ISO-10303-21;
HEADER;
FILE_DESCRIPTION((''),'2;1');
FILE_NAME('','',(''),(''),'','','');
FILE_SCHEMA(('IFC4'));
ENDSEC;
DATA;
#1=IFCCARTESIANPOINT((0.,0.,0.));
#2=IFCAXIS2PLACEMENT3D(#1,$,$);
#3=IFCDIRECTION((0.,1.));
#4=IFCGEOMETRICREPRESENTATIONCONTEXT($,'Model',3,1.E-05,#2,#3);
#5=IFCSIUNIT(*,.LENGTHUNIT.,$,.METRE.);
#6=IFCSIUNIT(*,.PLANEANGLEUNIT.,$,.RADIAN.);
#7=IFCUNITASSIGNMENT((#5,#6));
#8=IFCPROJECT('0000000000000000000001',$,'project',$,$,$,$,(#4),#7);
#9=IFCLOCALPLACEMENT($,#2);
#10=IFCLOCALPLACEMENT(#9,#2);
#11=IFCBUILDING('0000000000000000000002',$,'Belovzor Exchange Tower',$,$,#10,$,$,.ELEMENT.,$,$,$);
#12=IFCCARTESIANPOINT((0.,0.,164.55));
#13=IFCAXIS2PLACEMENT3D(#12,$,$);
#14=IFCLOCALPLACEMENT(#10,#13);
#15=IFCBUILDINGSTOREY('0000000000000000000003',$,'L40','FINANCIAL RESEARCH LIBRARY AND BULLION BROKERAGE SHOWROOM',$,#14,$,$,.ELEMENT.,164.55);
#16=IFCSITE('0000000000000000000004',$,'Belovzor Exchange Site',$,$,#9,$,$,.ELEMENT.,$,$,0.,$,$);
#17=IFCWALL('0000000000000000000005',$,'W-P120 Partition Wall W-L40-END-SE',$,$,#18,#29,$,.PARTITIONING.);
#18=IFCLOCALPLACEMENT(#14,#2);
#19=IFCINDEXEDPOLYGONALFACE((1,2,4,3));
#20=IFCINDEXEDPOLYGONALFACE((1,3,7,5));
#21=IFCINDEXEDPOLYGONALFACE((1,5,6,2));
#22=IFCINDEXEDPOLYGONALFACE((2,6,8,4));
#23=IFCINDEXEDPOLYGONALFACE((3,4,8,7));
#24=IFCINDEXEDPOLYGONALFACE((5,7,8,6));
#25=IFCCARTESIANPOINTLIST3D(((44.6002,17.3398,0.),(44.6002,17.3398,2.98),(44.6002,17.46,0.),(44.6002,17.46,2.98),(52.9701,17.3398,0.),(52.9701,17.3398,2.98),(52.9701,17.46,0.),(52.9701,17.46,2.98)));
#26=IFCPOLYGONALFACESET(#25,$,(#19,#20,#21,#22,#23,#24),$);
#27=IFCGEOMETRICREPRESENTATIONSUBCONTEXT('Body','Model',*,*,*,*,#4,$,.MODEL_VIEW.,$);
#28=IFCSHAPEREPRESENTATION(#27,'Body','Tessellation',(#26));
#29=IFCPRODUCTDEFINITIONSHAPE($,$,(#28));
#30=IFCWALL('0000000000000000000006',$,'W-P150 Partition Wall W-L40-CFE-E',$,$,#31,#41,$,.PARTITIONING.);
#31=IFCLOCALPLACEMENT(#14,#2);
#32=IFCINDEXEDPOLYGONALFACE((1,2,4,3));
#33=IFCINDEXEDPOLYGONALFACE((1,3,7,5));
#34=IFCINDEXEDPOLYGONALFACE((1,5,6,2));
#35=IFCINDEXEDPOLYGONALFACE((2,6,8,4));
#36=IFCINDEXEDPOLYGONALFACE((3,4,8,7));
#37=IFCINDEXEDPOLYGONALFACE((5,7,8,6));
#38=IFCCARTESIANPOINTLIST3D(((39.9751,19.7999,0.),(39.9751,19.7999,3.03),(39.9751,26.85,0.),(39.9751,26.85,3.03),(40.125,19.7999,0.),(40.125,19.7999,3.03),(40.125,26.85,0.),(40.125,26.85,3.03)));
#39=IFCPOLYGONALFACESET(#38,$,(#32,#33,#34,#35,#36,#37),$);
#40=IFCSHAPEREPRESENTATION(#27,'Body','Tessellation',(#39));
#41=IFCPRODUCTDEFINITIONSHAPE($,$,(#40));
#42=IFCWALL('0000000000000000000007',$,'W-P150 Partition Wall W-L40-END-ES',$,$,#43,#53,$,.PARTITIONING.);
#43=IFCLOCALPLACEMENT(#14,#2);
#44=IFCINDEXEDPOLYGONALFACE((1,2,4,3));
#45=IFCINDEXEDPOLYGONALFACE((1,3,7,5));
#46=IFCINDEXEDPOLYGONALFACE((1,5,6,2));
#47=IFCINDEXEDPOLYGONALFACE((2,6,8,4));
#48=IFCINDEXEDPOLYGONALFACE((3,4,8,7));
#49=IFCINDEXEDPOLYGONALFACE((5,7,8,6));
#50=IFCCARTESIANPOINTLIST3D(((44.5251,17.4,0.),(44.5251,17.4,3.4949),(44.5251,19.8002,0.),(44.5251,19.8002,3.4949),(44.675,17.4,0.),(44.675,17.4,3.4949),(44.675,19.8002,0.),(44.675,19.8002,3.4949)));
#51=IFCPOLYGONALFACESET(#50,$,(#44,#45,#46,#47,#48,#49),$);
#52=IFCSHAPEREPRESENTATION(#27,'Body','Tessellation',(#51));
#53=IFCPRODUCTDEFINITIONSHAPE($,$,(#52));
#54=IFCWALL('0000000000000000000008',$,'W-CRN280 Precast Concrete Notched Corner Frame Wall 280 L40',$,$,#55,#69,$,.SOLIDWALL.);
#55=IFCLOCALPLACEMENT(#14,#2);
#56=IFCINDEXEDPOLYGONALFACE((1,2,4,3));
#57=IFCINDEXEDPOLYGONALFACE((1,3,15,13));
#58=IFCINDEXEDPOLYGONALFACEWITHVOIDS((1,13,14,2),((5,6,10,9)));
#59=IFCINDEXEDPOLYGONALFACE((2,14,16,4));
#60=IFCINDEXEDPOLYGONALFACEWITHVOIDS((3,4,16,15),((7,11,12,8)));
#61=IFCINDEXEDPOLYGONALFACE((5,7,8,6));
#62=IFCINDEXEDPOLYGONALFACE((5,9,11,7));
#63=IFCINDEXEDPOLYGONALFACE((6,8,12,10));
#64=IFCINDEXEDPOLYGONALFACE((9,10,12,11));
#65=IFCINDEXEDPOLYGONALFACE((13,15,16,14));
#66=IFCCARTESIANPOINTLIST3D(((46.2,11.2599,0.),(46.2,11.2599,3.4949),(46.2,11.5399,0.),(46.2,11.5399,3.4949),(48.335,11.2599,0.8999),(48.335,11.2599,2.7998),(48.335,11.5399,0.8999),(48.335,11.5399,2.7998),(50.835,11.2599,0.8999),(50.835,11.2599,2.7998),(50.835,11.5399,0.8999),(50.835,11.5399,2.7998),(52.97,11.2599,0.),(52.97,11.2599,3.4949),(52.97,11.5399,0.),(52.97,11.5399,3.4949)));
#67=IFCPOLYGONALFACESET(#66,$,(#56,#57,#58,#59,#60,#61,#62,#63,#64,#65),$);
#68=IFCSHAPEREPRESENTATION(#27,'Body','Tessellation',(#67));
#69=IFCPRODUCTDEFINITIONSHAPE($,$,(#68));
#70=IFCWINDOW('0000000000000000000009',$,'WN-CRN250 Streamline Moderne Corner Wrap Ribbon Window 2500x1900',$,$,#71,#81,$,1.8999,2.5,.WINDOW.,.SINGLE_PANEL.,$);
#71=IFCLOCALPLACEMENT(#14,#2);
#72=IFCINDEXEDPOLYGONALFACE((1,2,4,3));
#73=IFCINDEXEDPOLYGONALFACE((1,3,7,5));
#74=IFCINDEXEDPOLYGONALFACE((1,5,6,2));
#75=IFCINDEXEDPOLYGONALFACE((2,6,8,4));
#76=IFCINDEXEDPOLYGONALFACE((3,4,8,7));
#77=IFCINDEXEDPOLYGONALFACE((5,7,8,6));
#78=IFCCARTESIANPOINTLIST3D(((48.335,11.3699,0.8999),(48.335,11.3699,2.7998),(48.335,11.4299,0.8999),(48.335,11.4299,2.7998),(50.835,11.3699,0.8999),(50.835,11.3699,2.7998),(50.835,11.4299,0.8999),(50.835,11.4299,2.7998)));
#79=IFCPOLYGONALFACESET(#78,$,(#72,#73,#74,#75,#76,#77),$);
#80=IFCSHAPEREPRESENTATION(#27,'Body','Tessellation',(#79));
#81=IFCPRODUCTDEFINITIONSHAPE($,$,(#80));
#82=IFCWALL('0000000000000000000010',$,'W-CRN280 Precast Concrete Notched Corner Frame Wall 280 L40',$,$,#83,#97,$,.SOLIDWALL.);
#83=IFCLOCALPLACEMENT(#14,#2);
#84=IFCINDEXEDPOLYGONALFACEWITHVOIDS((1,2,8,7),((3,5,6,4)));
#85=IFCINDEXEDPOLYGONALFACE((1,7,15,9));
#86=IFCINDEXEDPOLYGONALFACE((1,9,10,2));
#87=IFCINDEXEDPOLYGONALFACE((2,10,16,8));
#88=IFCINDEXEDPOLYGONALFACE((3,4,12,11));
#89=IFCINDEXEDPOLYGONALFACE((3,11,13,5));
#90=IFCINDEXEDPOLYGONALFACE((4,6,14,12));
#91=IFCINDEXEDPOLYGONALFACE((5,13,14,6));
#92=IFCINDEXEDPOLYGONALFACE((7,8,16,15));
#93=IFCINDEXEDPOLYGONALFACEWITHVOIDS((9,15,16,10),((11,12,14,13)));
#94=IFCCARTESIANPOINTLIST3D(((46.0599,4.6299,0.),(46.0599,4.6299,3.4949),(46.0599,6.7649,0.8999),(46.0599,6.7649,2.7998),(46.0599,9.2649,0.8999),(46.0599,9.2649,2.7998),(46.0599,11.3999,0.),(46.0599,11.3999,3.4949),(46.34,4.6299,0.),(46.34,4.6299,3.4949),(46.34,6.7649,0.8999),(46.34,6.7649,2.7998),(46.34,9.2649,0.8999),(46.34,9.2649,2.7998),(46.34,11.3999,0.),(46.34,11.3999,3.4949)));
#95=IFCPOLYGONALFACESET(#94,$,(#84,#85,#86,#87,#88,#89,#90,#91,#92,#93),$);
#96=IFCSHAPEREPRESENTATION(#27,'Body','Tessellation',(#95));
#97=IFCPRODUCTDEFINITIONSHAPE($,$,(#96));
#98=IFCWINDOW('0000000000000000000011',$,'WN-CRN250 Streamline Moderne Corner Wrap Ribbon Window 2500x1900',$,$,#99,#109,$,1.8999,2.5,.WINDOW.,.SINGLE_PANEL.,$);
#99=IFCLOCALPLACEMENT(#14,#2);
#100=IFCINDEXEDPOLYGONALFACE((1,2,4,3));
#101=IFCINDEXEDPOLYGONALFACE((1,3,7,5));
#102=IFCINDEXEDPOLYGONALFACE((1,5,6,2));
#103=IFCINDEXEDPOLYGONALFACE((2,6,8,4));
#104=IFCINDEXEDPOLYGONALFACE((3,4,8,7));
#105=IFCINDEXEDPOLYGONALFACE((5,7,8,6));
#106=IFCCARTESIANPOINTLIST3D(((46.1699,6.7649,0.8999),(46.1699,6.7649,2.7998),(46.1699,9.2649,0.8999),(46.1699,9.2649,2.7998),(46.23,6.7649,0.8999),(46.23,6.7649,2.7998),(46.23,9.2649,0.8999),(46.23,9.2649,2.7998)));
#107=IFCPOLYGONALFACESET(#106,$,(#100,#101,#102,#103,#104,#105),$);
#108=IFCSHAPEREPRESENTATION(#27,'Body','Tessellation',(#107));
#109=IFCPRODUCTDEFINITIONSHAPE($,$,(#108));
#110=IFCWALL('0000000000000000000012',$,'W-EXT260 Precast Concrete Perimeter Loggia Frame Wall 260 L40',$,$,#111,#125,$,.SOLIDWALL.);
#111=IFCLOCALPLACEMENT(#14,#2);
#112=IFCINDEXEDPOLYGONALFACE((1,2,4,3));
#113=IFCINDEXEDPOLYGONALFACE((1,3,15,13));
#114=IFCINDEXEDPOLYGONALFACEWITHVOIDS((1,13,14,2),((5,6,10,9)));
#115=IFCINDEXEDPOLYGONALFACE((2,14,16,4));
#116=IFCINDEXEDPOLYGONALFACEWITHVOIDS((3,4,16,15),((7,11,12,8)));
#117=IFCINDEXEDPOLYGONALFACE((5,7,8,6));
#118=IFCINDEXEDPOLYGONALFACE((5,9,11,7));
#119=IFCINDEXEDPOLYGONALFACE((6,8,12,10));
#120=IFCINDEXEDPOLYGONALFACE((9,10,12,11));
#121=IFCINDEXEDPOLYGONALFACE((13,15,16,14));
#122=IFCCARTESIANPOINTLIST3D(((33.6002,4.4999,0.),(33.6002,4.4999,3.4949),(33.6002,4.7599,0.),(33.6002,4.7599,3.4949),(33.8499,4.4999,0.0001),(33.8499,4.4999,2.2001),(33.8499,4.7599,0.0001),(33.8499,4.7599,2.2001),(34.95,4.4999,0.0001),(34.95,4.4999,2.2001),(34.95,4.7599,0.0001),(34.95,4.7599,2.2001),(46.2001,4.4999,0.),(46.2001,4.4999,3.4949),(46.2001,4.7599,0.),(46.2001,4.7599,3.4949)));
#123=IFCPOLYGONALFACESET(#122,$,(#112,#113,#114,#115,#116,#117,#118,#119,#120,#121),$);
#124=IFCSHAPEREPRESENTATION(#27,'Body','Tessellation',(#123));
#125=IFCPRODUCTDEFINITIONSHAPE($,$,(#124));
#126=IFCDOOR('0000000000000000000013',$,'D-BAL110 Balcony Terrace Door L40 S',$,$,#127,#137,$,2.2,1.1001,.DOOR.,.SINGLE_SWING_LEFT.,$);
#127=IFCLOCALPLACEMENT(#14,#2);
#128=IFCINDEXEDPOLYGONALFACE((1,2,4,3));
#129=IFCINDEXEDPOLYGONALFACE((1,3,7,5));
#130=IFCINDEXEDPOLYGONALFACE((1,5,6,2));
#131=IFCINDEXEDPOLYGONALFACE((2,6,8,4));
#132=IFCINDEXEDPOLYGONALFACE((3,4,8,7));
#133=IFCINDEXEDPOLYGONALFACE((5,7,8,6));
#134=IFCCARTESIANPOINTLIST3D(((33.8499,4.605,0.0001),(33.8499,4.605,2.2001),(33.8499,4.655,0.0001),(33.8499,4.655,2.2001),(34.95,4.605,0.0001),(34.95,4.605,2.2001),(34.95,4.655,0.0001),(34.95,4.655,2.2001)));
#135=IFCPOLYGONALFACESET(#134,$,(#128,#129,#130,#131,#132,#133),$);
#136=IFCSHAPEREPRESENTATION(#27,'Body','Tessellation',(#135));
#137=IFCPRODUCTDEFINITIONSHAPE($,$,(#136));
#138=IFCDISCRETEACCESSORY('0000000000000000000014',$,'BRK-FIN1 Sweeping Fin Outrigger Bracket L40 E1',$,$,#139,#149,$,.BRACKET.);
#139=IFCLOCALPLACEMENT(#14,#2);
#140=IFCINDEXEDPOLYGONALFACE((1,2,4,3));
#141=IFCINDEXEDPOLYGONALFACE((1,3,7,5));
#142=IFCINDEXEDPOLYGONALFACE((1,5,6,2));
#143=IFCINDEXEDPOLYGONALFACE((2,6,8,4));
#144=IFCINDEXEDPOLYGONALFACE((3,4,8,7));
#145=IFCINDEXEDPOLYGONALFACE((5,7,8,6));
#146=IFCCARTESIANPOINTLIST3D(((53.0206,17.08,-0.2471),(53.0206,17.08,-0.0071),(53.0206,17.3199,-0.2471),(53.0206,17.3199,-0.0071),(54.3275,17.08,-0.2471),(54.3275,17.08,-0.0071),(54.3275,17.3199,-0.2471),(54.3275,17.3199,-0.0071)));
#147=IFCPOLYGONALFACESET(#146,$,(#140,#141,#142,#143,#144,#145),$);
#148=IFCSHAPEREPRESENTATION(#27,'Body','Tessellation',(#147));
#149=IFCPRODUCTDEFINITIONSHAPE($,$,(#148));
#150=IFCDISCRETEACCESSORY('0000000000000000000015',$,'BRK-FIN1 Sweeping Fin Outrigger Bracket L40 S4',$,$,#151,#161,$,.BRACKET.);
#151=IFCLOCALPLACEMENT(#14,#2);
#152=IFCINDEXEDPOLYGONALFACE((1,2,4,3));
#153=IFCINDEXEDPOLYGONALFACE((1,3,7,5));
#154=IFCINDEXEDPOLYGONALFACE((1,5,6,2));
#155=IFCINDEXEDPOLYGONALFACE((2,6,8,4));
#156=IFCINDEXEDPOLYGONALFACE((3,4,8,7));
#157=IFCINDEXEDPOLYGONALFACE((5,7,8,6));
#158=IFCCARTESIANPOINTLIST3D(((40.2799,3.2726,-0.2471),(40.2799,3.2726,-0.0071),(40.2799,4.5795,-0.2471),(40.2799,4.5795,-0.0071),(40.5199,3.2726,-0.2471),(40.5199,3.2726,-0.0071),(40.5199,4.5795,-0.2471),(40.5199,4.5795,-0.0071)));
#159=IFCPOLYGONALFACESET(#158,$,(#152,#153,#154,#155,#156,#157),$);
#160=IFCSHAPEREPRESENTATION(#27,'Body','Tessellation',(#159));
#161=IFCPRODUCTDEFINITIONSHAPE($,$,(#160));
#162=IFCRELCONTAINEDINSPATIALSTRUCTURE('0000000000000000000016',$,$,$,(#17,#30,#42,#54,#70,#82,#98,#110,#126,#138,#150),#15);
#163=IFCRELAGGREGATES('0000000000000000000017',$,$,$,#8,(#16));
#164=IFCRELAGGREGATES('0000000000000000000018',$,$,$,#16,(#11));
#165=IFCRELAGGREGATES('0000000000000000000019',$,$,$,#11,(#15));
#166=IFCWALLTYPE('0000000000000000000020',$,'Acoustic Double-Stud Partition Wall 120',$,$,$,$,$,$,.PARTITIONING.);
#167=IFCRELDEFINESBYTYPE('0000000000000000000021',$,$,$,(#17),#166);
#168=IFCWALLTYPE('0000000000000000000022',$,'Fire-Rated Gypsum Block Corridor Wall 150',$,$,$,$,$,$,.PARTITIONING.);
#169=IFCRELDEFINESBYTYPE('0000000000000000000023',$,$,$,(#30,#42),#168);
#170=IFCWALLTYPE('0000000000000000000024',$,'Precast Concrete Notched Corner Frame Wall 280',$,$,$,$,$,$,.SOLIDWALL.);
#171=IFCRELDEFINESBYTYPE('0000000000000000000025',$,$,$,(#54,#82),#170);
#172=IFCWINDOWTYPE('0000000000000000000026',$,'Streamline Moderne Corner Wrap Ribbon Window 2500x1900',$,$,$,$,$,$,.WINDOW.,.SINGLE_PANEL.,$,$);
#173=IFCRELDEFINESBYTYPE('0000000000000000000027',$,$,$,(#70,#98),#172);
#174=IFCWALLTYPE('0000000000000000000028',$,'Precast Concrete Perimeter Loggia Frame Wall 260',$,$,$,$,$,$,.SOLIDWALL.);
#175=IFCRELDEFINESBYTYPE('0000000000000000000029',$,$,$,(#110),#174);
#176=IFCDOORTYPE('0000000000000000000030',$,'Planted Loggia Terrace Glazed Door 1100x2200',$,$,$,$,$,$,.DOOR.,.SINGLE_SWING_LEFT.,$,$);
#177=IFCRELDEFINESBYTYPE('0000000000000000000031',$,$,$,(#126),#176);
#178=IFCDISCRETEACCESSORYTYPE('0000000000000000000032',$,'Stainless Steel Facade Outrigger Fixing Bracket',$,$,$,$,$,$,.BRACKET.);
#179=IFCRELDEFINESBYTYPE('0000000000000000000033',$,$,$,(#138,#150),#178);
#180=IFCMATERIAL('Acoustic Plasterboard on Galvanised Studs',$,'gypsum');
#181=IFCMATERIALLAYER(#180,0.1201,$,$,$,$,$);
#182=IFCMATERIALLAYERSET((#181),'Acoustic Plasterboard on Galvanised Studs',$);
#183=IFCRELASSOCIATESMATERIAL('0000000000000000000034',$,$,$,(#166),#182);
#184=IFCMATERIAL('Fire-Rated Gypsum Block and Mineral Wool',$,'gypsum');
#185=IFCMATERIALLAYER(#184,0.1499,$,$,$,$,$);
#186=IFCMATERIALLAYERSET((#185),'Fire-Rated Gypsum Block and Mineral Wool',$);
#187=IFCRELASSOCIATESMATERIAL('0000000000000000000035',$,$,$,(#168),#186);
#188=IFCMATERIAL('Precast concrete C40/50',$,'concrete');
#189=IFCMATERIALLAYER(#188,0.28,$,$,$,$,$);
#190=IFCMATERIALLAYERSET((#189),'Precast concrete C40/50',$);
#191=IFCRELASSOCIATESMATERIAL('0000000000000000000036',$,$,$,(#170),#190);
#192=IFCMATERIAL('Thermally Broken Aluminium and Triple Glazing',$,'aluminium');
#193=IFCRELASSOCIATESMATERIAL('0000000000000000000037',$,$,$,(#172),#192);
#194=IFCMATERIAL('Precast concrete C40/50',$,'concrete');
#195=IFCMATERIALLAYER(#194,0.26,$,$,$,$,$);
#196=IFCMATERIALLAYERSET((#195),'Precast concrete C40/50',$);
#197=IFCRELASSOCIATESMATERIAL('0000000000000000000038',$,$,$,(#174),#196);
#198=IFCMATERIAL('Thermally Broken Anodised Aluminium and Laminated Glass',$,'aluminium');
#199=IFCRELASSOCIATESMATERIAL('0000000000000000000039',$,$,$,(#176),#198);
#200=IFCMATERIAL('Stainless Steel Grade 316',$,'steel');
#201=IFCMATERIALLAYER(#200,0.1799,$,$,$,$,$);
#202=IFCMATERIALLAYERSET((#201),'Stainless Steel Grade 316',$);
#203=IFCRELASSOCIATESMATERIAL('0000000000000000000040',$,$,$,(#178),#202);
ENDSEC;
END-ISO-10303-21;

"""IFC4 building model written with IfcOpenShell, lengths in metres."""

from ifc_helpers import new_model, si_unit, direction, frame, frame_2d, origin, origin_2d, place, context, subcontext, project, spatial, rectangle, extrude, material, layer, layer_set, type_object, element, fill, save


model = new_model("IFC4")

# Units and contexts
model_context = context("Model", 3, precision=1e-05, world=origin(), true_north=direction((0.0, 1.0)))
body_context = subcontext(model_context, "Body", "Model", "MODEL_VIEW")
ifc_project = project(units=[si_unit("LENGTHUNIT", "METRE"), si_unit("PLANEANGLEUNIT", "RADIAN")], contexts=[model_context])

# Site, building, storey
site_placement = place(None, origin())
site = spatial("IfcSite", under=ifc_project, at=site_placement, Name="Belovzor Exchange Site", CompositionType="ELEMENT", RefElevation=0.0)
building_placement = place(site_placement, origin())
building = spatial("IfcBuilding", under=site, at=building_placement, Name="Belovzor Exchange Tower", CompositionType="ELEMENT")
storey_placement = place(building_placement, frame((0.0, 0.0, 164.55)))
storey = spatial("IfcBuildingStorey", under=building, at=storey_placement, Name="L40", Description="FINANCIAL RESEARCH LIBRARY AND BULLION BROKERAGE SHOWROOM", CompositionType="ELEMENT", Elevation=164.55)

# Walls
ifc_material_1 = material(Name="Acoustic Plasterboard on Galvanised Studs", Category="gypsum")
ifc_layer_1 = layer(ifc_material_1, 0.1201)
ifc_layer_set_1 = layer_set([ifc_layer_1], Name="Acoustic Plasterboard on Galvanised Studs")
wall_type_1 = type_object("IfcWallType", Name="Acoustic Double-Stud Partition Wall 120", PredefinedType="PARTITIONING", material=ifc_layer_set_1)
wall_1_placement = place(storey_placement, frame((44.6001, 17.3999, 0.0), z_axis=(0.0, 0.0, 1.0), x_axis=(1.0, 0.0, 0.0)))
element("IfcWall", 1, at=wall_1_placement, inside=storey, type_object=wall_type_1, Name="W-P120 Partition Wall W-L40-END-SE", PredefinedType="PARTITIONING", context=body_context, shape_type="SweptSolid", body=[
    extrude(rectangle(XDim=8.3699, YDim=0.1201, at=frame_2d((4.1851, 0.0))), origin(), (0.0, 0.0, 1.0), 2.98),
])
ifc_material_2 = material(Name="Fire-Rated Gypsum Block and Mineral Wool", Category="gypsum")
ifc_layer_2 = layer(ifc_material_2, 0.1499)
ifc_layer_set_2 = layer_set([ifc_layer_2], Name="Fire-Rated Gypsum Block and Mineral Wool")
wall_type_2 = type_object("IfcWallType", Name="Fire-Rated Gypsum Block Corridor Wall 150", PredefinedType="PARTITIONING", material=ifc_layer_set_2)
wall_2_placement = place(storey_placement, frame((40.05, 19.8, 0.0), z_axis=(0.0, 0.0, 1.0), x_axis=(0.0, 1.0, 0.0)))
element("IfcWall", 2, at=wall_2_placement, inside=storey, type_object=wall_type_2, Name="W-P150 Partition Wall W-L40-CFE-E", PredefinedType="PARTITIONING", context=body_context, shape_type="SweptSolid", body=[
    extrude(rectangle(XDim=7.05, YDim=0.1499, at=frame_2d((3.5249, 0.0))), origin(), (0.0, 0.0, 1.0), 3.03),
])
wall_3_placement = place(storey_placement, frame((44.6001, 17.3999, 0.0), z_axis=(0.0, 0.0, 1.0), x_axis=(0.0, 1.0, 0.0)))
element("IfcWall", 3, at=wall_3_placement, inside=storey, type_object=wall_type_2, Name="W-P150 Partition Wall W-L40-END-ES", PredefinedType="PARTITIONING", context=body_context, shape_type="SweptSolid", body=[
    extrude(rectangle(XDim=2.4001, YDim=0.1499, at=frame_2d((1.2002, 0.0))), origin(), (0.0, 0.0, 1.0), 3.4949),
])

# Walls, openings, windows
ifc_material_3 = material(Name="Precast concrete C40/50", Category="concrete")
ifc_layer_3 = layer(ifc_material_3, 0.28)
ifc_layer_set_3 = layer_set([ifc_layer_3], Name="Precast concrete C40/50")
wall_type_3 = type_object("IfcWallType", Name="Precast Concrete Notched Corner Frame Wall 280", PredefinedType="SOLIDWALL", material=ifc_layer_set_3)
wall_4_placement = place(storey_placement, frame((52.97, 11.3999, 0.0), z_axis=(0.0, 0.0, 1.0), x_axis=(-1.0, 0.0, 0.0)))
wall_4 = element("IfcWall", 4, at=wall_4_placement, inside=storey, type_object=wall_type_3, Name="W-CRN280 Precast Concrete Notched Corner Frame Wall 280 L40", PredefinedType="SOLIDWALL", context=body_context, shape_type="SweptSolid", body=[
    extrude(rectangle(XDim=6.77, YDim=0.28, at=frame_2d((3.385, 0.0))), origin(), (0.0, 0.0, 1.0), 3.4949),
])
opening_1_placement = place(wall_4_placement, frame((2.135, 0.0, 0.8999)))
opening_1 = element("IfcOpeningElement", 5, at=opening_1_placement, cuts=wall_4, PredefinedType="OPENING", context=body_context, shape_type="SweptSolid", body=[
    extrude(rectangle(XDim=2.5, YDim=1.8999, at=frame_2d((1.25, 0.95))), frame((0.0, 0.1499, 0.0), z_axis=(0.0, -1.0, 0.0), x_axis=(1.0, 0.0, 0.0)), (0.0, 0.0, 1.0), 0.3),
])
ifc_material_4 = material(Name="Thermally Broken Aluminium and Triple Glazing", Category="aluminium")
window_type = type_object("IfcWindowType", Name="Streamline Moderne Corner Wrap Ribbon Window 2500x1900", PartitioningType="SINGLE_PANEL", PredefinedType="WINDOW", material=ifc_material_4)
window_1_placement = place(opening_1_placement, origin())
window_1 = element("IfcWindow", 6, at=window_1_placement, inside=storey, type_object=window_type, Name="WN-CRN250 Streamline Moderne Corner Wrap Ribbon Window 2500x1900", OverallHeight=1.8999, OverallWidth=2.5, PartitioningType="SINGLE_PANEL", PredefinedType="WINDOW", context=body_context, shape_type="SweptSolid", body=[
    extrude(rectangle(XDim=2.5, YDim=1.8999, at=frame_2d((1.25, 0.95))), frame((0.0, 0.03, 0.0), z_axis=(0.0, -1.0, 0.0), x_axis=(1.0, 0.0, 0.0)), (0.0, 0.0, 1.0), 0.0601),
])
fill(opening_1, window_1)
wall_5_placement = place(storey_placement, frame((46.2, 11.3999, 0.0), z_axis=(0.0, 0.0, 1.0), x_axis=(0.0, -1.0, 0.0)))
wall_5 = element("IfcWall", 7, at=wall_5_placement, inside=storey, type_object=wall_type_3, Name="W-CRN280 Precast Concrete Notched Corner Frame Wall 280 L40", PredefinedType="SOLIDWALL", context=body_context, shape_type="SweptSolid", body=[
    extrude(rectangle(XDim=6.77, YDim=0.28, at=frame_2d((3.385, 0.0))), origin(), (0.0, 0.0, 1.0), 3.4949),
])
opening_2_placement = place(wall_5_placement, frame((2.135, 0.0, 0.8999)))
opening_2 = element("IfcOpeningElement", 8, at=opening_2_placement, cuts=wall_5, PredefinedType="OPENING", context=body_context, shape_type="SweptSolid", body=[
    extrude(rectangle(XDim=2.5, YDim=1.8999, at=frame_2d((1.25, 0.95))), frame((0.0, 0.1499, 0.0), z_axis=(0.0, -1.0, 0.0), x_axis=(1.0, 0.0, 0.0)), (0.0, 0.0, 1.0), 0.3),
])
window_2_placement = place(opening_2_placement, origin())
window_2 = element("IfcWindow", 9, at=window_2_placement, inside=storey, type_object=window_type, Name="WN-CRN250 Streamline Moderne Corner Wrap Ribbon Window 2500x1900", OverallHeight=1.8999, OverallWidth=2.5, PartitioningType="SINGLE_PANEL", PredefinedType="WINDOW", context=body_context, shape_type="SweptSolid", body=[
    extrude(rectangle(XDim=2.5, YDim=1.8999, at=frame_2d((1.25, 0.95))), frame((0.0, 0.03, 0.0), z_axis=(0.0, -1.0, 0.0), x_axis=(1.0, 0.0, 0.0)), (0.0, 0.0, 1.0), 0.0601),
])
fill(opening_2, window_2)

# Wall, opening, door
ifc_material_5 = material(Name="Precast concrete C40/50", Category="concrete")
ifc_layer_4 = layer(ifc_material_5, 0.26)
ifc_layer_set_4 = layer_set([ifc_layer_4], Name="Precast concrete C40/50")
wall_type_4 = type_object("IfcWallType", Name="Precast Concrete Perimeter Loggia Frame Wall 260", PredefinedType="SOLIDWALL", material=ifc_layer_set_4)
wall_6_placement = place(storey_placement, frame((46.2, 4.6299, 0.0), z_axis=(0.0, 0.0, 1.0), x_axis=(-1.0, 0.0, 0.0)))
wall_6 = element("IfcWall", 10, at=wall_6_placement, inside=storey, type_object=wall_type_4, Name="W-EXT260 Precast Concrete Perimeter Loggia Frame Wall 260 L40", PredefinedType="SOLIDWALL", context=body_context, shape_type="SweptSolid", body=[
    extrude(rectangle(XDim=12.5999, YDim=0.26, at=frame_2d((6.2998, 0.0))), origin(), (0.0, 0.0, 1.0), 3.4949),
])
opening_3_placement = place(wall_6_placement, frame((11.25, 0.0, 0.0)))
opening_3 = element("IfcOpeningElement", 11, at=opening_3_placement, cuts=wall_6, PredefinedType="OPENING", context=body_context, shape_type="SweptSolid", body=[
    extrude(rectangle(XDim=1.1001, YDim=2.2, at=frame_2d((0.55, 1.1001))), frame((0.0, 0.1399, 0.0), z_axis=(0.0, -1.0, 0.0), x_axis=(1.0, 0.0, 0.0)), (0.0, 0.0, 1.0), 0.28),
])
ifc_material_6 = material(Name="Thermally Broken Anodised Aluminium and Laminated Glass", Category="aluminium")
door_type = type_object("IfcDoorType", Name="Planted Loggia Terrace Glazed Door 1100x2200", OperationType="SINGLE_SWING_LEFT", PredefinedType="DOOR", material=ifc_material_6)
door_placement = place(opening_3_placement, origin())
door = element("IfcDoor", 12, at=door_placement, inside=storey, type_object=door_type, Name="D-BAL110 Balcony Terrace Door L40 S", OperationType="SINGLE_SWING_LEFT", OverallHeight=2.2, OverallWidth=1.1001, PredefinedType="DOOR", context=body_context, shape_type="SweptSolid", body=[
    extrude(rectangle(XDim=1.1001, YDim=2.2, at=frame_2d((0.55, 1.1001))), frame((0.0, 0.0249, 0.0), z_axis=(0.0, -1.0, 0.0), x_axis=(1.0, 0.0, 0.0)), (0.0, 0.0, 1.0), 0.05),
])
fill(opening_3, door)

# Discrete accessories
ifc_material_7 = material(Name="Stainless Steel Grade 316", Category="steel")
ifc_layer_5 = layer(ifc_material_7, 0.1799)
ifc_layer_set_5 = layer_set([ifc_layer_5], Name="Stainless Steel Grade 316")
discrete_accessory_type = type_object("IfcDiscreteAccessoryType", Name="Stainless Steel Facade Outrigger Fixing Bracket", PredefinedType="BRACKET", material=ifc_layer_set_5)
for number, where, z_axis, x_axis, name in (
    (13, (53.6741, 17.2, -0.2471), (0.0, 0.0, 1.0), (1.0, 0.0, 0.0), "BRK-FIN1 Sweeping Fin Outrigger Bracket L40 E1"),
    (14, (40.3999, 3.926, -0.2471), (0.0, 0.0, 1.0), (0.0, 1.0, 0.0), "BRK-FIN1 Sweeping Fin Outrigger Bracket L40 S4"),
):
    element("IfcDiscreteAccessory", number, at=place(storey_placement, frame(where, z_axis=z_axis, x_axis=x_axis)), inside=storey, type_object=discrete_accessory_type, Name=name, PredefinedType="BRACKET", context=body_context, shape_type="SweptSolid", body=[
        extrude(rectangle(XDim=1.3069, YDim=0.24, at=origin_2d()), origin(), (0.0, 0.0, 1.0), 0.24),
    ])

save(model, "model.ifc")
